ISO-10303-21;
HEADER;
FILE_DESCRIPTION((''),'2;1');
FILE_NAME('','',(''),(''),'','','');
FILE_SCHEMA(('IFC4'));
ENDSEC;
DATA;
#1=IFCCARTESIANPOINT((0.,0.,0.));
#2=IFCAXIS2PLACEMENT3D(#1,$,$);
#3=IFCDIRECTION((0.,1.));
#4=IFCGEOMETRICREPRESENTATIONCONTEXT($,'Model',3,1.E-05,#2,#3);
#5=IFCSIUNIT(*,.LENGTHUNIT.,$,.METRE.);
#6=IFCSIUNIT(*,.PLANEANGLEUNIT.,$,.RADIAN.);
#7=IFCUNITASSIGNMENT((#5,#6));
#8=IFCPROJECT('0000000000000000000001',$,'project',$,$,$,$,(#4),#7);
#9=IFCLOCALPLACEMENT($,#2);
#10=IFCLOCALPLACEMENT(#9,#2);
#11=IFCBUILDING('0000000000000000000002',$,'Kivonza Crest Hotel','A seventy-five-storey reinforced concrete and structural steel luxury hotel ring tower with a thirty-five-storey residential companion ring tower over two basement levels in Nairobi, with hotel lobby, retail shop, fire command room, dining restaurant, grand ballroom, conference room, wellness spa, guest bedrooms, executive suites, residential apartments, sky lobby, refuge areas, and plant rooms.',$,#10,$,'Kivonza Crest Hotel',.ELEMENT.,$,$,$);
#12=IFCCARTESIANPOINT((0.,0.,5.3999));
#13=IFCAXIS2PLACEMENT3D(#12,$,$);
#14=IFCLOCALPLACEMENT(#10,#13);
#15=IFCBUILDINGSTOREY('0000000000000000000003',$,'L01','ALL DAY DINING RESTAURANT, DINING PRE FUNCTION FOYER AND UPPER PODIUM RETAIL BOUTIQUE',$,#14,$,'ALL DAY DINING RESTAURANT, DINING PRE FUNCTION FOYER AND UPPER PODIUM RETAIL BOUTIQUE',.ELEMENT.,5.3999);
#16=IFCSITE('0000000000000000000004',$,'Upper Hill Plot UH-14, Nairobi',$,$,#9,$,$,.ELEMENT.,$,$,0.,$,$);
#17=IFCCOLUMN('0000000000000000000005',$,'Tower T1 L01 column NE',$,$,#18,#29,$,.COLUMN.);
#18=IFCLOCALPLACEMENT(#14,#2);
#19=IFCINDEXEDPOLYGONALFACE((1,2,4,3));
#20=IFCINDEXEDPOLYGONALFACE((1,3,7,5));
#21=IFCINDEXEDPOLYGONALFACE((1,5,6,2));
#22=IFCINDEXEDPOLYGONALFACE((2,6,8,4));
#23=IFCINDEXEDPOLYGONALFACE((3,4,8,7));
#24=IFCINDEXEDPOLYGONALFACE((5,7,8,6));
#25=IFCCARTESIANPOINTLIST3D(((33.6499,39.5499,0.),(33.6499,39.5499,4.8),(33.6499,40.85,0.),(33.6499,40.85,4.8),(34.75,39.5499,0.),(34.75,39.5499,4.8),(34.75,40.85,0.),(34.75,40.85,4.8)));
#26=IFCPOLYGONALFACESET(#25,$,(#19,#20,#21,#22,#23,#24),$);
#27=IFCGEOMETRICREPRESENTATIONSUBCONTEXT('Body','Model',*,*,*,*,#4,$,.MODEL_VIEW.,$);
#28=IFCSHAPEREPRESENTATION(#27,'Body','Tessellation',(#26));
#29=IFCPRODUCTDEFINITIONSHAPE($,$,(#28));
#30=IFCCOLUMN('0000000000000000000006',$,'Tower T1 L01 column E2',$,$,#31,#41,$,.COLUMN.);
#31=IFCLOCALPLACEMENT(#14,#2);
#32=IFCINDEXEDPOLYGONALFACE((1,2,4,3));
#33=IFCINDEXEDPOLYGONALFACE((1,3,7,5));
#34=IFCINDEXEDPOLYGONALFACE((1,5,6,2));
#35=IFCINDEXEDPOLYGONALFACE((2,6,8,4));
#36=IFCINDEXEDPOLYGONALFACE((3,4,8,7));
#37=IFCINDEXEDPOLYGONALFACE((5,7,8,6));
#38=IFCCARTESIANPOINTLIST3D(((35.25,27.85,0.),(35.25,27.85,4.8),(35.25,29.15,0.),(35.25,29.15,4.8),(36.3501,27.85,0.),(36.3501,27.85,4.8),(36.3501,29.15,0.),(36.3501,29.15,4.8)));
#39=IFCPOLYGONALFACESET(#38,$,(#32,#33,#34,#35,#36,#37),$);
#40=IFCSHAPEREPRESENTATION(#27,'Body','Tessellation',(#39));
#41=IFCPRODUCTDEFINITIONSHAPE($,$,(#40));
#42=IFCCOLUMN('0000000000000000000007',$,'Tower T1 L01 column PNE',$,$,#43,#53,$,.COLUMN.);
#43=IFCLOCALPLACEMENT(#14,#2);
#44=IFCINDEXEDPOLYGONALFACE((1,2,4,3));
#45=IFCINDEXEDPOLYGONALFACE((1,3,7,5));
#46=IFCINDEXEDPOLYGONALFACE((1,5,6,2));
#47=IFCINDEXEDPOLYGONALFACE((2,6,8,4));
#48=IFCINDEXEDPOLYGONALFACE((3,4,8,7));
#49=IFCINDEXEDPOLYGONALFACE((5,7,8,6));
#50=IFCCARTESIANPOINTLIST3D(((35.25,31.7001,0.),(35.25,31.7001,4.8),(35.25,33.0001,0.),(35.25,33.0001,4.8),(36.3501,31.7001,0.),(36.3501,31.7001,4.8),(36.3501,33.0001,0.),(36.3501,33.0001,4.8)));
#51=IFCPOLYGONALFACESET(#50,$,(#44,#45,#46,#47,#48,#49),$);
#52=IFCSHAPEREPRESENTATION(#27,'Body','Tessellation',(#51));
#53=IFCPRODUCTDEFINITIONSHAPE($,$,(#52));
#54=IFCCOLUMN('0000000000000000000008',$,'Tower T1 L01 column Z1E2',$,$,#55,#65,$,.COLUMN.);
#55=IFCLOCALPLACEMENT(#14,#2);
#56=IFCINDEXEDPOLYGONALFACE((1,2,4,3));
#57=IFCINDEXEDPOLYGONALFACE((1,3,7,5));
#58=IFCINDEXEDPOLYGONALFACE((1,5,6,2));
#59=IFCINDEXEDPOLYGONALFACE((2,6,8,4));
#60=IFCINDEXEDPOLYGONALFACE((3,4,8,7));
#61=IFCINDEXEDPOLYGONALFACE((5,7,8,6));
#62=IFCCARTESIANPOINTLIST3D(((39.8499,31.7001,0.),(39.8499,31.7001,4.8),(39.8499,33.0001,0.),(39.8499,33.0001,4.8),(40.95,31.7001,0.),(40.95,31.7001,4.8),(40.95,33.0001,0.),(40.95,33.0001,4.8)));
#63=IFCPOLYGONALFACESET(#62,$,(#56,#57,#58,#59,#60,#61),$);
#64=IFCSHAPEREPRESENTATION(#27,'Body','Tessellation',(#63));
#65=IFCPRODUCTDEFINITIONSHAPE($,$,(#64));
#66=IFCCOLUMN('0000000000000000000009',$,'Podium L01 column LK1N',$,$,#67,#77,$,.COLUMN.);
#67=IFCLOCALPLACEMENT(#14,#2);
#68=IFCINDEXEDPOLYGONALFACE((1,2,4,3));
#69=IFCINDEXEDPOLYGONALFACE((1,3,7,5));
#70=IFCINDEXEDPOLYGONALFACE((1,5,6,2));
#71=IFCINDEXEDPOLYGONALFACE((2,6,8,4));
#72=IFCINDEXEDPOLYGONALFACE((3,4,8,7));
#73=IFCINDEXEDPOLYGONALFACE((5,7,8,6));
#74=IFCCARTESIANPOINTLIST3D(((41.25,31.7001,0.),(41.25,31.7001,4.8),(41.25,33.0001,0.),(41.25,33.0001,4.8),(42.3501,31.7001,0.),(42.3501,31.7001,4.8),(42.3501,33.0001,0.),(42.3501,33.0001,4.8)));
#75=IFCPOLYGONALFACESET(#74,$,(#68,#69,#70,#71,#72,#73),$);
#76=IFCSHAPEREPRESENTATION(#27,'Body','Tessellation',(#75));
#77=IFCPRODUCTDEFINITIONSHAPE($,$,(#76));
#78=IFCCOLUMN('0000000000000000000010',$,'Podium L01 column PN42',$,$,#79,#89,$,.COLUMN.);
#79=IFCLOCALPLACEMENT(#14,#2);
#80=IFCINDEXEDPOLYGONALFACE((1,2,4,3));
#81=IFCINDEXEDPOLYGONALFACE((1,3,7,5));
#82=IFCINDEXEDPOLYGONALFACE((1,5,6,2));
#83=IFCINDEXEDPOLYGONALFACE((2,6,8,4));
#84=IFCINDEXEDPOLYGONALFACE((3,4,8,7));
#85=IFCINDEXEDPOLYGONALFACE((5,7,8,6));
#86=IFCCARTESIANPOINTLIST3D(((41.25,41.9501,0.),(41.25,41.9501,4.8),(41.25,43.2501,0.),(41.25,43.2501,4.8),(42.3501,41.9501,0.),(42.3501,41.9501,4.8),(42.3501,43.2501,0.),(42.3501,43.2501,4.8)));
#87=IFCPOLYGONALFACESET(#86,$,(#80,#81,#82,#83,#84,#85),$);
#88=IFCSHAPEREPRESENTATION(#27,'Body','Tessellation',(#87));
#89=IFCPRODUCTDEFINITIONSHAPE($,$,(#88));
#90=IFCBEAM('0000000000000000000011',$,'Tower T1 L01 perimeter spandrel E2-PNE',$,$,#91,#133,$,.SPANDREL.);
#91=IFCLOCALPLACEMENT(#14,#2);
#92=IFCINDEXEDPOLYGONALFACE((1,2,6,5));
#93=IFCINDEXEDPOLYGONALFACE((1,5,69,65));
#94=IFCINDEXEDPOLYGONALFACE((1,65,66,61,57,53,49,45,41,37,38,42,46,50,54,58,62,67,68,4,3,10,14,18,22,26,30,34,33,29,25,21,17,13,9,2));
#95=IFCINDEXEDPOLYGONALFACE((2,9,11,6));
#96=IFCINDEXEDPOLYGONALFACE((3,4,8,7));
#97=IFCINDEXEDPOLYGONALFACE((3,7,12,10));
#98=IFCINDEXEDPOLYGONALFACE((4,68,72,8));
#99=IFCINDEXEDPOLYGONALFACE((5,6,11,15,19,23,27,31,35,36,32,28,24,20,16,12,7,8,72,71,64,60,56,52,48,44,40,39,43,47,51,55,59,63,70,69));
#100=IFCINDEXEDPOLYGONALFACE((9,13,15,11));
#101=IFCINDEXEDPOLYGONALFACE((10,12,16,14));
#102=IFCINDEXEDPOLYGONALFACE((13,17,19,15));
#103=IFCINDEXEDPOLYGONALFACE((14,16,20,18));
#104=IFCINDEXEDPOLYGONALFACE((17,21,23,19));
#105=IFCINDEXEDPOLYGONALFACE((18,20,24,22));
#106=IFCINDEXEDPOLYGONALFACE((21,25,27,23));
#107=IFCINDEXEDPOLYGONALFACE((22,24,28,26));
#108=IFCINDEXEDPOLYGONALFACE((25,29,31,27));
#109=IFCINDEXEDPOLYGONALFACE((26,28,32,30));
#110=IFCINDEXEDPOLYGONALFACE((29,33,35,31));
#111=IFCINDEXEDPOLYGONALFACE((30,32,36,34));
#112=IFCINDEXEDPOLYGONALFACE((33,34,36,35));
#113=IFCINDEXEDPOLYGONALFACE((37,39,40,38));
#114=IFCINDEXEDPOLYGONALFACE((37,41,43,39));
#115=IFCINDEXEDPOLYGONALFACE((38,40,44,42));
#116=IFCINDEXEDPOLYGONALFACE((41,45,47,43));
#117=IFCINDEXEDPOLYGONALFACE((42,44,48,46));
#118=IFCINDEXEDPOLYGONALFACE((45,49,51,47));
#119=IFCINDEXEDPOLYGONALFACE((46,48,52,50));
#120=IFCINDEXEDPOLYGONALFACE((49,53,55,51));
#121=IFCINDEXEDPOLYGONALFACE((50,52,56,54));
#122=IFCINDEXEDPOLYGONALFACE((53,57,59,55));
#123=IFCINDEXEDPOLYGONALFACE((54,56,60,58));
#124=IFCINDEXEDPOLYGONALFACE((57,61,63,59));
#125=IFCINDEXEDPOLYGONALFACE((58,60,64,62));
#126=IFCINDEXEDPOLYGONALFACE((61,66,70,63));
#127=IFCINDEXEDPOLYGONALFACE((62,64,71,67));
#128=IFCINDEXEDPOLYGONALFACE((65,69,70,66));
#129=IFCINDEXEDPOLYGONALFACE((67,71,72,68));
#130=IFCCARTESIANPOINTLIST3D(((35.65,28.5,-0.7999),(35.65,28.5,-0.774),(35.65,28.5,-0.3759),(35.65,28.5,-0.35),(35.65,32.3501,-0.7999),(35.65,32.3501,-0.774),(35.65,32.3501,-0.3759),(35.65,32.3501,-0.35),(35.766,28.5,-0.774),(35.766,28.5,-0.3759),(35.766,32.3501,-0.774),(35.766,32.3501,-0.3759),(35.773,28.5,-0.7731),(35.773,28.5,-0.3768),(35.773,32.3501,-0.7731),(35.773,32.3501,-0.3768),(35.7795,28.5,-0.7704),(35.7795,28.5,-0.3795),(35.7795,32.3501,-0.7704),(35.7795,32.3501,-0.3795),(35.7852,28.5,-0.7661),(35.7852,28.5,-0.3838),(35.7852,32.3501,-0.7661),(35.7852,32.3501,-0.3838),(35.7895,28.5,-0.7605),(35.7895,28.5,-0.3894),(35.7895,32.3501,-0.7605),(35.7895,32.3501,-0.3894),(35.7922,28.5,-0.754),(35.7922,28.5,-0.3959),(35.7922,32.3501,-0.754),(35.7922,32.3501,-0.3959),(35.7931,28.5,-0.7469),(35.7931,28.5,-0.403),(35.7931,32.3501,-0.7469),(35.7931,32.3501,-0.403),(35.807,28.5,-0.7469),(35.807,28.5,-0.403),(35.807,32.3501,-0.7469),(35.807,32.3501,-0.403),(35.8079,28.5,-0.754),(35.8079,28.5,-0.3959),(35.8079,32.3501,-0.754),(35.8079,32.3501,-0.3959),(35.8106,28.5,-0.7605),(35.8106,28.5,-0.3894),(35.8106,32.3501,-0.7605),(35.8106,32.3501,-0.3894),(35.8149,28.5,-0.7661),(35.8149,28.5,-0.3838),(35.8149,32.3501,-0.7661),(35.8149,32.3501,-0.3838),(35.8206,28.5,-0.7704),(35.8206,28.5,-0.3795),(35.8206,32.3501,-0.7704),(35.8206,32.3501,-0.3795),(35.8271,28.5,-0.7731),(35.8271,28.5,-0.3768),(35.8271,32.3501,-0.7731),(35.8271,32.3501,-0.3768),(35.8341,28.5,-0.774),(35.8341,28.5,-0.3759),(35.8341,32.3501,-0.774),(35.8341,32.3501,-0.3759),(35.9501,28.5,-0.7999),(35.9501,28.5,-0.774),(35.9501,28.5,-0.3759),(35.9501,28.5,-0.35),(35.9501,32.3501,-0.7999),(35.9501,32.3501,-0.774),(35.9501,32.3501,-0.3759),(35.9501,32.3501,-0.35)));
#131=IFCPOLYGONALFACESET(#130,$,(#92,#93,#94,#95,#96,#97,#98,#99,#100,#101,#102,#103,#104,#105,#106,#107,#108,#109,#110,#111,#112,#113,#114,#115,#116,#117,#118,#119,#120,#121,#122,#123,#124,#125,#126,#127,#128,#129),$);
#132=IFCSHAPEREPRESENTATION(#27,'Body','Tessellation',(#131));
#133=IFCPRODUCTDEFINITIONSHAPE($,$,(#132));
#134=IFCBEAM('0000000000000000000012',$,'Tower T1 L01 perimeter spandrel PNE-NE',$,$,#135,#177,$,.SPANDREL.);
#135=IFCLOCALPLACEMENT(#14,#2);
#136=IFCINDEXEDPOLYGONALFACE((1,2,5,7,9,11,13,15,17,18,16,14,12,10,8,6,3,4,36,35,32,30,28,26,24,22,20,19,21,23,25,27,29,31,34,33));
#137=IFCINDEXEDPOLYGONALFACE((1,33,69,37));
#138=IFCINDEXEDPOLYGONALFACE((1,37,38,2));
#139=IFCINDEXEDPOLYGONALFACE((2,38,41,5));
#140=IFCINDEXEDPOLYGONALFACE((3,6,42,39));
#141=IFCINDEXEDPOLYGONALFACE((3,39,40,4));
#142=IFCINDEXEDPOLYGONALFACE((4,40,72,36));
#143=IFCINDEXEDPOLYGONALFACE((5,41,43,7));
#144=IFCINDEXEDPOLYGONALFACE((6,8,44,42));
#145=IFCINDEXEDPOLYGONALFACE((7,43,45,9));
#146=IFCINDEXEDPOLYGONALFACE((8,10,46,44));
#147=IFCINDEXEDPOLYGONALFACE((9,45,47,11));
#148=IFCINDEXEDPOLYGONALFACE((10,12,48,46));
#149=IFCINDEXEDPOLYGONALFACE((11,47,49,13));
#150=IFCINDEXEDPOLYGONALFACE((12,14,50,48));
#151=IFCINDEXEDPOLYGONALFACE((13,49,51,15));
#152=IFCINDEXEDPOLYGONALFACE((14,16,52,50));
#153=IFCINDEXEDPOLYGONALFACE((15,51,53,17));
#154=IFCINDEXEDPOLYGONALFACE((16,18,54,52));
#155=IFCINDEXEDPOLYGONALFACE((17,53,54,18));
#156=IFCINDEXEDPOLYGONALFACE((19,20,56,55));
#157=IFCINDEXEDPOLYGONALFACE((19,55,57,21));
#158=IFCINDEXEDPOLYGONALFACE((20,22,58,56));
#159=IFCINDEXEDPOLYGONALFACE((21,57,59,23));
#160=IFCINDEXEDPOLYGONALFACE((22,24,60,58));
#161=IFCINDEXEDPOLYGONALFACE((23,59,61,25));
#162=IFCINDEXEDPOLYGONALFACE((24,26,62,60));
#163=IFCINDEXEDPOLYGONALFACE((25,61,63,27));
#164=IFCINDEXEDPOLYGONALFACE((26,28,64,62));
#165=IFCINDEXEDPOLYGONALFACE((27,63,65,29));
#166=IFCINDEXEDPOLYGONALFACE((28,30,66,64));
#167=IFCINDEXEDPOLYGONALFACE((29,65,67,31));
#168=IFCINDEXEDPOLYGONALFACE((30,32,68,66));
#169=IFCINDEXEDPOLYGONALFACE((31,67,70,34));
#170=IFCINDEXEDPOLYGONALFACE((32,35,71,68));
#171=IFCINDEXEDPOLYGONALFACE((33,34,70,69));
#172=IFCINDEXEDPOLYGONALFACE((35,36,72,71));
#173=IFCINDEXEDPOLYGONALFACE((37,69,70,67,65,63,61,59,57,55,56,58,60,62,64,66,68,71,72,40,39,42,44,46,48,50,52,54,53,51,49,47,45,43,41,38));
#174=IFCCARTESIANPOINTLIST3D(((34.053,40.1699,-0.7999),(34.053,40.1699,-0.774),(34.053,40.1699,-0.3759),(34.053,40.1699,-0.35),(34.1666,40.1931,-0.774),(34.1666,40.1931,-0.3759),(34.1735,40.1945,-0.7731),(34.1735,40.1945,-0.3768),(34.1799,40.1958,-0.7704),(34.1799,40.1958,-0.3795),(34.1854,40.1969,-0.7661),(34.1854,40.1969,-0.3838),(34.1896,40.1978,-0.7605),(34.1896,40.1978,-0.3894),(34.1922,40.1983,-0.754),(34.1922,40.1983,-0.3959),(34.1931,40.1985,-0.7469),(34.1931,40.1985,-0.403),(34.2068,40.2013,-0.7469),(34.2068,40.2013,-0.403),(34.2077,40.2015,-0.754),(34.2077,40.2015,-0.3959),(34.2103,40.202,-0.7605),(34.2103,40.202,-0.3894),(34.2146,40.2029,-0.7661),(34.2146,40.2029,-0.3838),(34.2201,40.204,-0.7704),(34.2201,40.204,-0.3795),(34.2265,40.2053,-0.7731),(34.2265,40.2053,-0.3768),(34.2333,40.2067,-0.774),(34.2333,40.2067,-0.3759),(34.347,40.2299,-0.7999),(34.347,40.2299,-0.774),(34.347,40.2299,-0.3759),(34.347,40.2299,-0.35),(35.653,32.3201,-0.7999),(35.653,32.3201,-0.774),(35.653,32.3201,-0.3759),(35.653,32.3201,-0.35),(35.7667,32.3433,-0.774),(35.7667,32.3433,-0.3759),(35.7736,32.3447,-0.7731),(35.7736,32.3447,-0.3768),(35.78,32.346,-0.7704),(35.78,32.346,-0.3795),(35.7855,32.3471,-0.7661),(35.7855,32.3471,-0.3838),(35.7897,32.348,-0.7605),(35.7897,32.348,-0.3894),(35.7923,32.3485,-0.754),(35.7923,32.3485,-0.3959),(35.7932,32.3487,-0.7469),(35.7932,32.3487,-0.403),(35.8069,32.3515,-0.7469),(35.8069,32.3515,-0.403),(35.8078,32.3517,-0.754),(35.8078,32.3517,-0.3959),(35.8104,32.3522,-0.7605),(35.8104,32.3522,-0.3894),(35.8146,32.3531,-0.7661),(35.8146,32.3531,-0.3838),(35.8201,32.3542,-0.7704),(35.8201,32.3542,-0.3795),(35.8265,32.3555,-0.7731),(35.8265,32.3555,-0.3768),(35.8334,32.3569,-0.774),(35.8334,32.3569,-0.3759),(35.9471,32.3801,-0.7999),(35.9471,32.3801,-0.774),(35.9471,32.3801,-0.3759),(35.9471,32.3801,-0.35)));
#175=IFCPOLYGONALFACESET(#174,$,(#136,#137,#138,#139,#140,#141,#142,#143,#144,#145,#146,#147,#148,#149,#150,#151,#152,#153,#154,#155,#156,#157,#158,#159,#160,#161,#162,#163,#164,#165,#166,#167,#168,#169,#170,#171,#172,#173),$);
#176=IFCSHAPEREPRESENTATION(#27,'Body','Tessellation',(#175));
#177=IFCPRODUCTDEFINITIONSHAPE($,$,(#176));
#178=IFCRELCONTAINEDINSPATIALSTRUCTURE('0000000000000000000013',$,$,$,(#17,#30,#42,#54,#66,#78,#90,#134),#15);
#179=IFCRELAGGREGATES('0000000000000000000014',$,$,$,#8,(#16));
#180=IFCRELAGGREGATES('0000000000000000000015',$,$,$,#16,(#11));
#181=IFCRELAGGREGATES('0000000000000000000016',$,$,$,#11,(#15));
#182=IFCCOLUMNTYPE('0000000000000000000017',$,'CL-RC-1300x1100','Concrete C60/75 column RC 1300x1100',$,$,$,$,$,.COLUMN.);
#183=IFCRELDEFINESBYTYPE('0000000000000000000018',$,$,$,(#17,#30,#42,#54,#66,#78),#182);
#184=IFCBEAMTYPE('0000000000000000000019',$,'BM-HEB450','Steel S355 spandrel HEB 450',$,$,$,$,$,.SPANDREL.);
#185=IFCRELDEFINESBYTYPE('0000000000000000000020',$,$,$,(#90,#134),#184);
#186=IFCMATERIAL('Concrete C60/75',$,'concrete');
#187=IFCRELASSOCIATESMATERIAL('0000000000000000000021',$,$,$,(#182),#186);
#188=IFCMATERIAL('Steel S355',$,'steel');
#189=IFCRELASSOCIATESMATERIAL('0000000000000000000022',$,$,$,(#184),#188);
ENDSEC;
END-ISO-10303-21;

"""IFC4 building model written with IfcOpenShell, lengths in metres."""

from ifc_helpers import new_model, si_unit, direction, frame, origin, origin_2d, place, context, subcontext, project, spatial, rectangle, i_section, extrude, material, material_profile, profile_set, type_object, element, save


model = new_model("IFC4")

# Units and contexts
model_context = context("Model", 3, precision=1e-05, world=origin(), true_north=direction((0.0, 1.0)))
body_context = subcontext(model_context, "Body", "Model", "MODEL_VIEW")
ifc_project = project(units=[si_unit("LENGTHUNIT", "METRE"), si_unit("PLANEANGLEUNIT", "RADIAN")], contexts=[model_context])

# Site, building, storey
site_placement = place(None, origin())
site = spatial("IfcSite", under=ifc_project, at=site_placement, Name="Upper Hill Plot UH-14, Nairobi", CompositionType="ELEMENT", RefElevation=0.0)
building_placement = place(site_placement, origin())
building = spatial("IfcBuilding", under=site, at=building_placement, Name="Kivonza Crest Hotel", Description="A seventy-five-storey reinforced concrete and structural steel luxury hotel ring tower with a thirty-five-storey residential companion ring tower over two basement levels in Nairobi, with hotel lobby, retail shop, fire command room, dining restaurant, grand ballroom, conference room, wellness spa, guest bedrooms, executive suites, residential apartments, sky lobby, refuge areas, and plant rooms.", LongName="Kivonza Crest Hotel", CompositionType="ELEMENT")
storey_placement = place(building_placement, frame((0.0, 0.0, 5.3999)))
storey = spatial("IfcBuildingStorey", under=building, at=storey_placement, Name="L01", Description="ALL DAY DINING RESTAURANT, DINING PRE FUNCTION FOYER AND UPPER PODIUM RETAIL BOUTIQUE", LongName="ALL DAY DINING RESTAURANT, DINING PRE FUNCTION FOYER AND UPPER PODIUM RETAIL BOUTIQUE", CompositionType="ELEMENT", Elevation=5.3999)

# Columns
ifc_material_1 = material(Name="Concrete C60/75", Category="concrete")
ifc_material_profile_1 = material_profile(ifc_material_1, rectangle(XDim=1.1001, YDim=1.3, at=origin_2d()), Name="RC 1300x1100")
ifc_profile_set_1 = profile_set([ifc_material_profile_1], Name="Concrete C60/75")
column_type = type_object("IfcColumnType", Name="CL-RC-1300x1100", Description="Concrete C60/75 column RC 1300x1100", PredefinedType="COLUMN", material=ifc_profile_set_1)
for number, where, z_axis, x_axis, name in (
    (1, (34.2, 40.2, 0.0), (0.0, 0.0, 1.0), (1.0, 0.0, 0.0), "Tower T1 L01 column NE"),
    (2, (35.8, 28.5, 0.0), (0.0, 0.0, 1.0), (1.0, 0.0, 0.0), "Tower T1 L01 column E2"),
    (3, (35.8, 32.3501, 0.0), (0.0, 0.0, 1.0), (1.0, 0.0, 0.0), "Tower T1 L01 column PNE"),
    (4, (40.3999, 32.3501, 0.0), (0.0, 0.0, 1.0), (1.0, 0.0, 0.0), "Tower T1 L01 column Z1E2"),
    (5, (41.8, 32.3501, 0.0), (0.0, 0.0, 1.0), (1.0, 0.0, 0.0), "Podium L01 column LK1N"),
    (6, (41.8, 42.6001, 0.0), (0.0, 0.0, 1.0), (1.0, 0.0, 0.0), "Podium L01 column PN42"),
):
    element("IfcColumn", number, at=place(storey_placement, frame(where, z_axis=z_axis, x_axis=x_axis)), inside=storey, type_object=column_type, Name=name, PredefinedType="COLUMN", context=body_context, shape_type="SweptSolid", body=[
        extrude(rectangle(XDim=1.1001, YDim=1.3, at=origin_2d()), origin(), (0.0, 0.0, 1.0), 4.8),
    ])

# Beams
ifc_material_2 = material(Name="Steel S355", Category="steel")
ifc_material_profile_2 = material_profile(ifc_material_2, i_section(OverallWidth=0.3, OverallDepth=0.45, WebThickness=0.0139, FlangeThickness=0.0259, FilletRadius=0.0271, at=origin_2d()), Name="HEB 450")
ifc_profile_set_2 = profile_set([ifc_material_profile_2], Name="Steel S355")
beam_type_1 = type_object("IfcBeamType", Name="BM-HEB450", Description="Steel S355 spandrel HEB 450", PredefinedType="SPANDREL", material=ifc_profile_set_2)
beam_1_placement = place(storey_placement, frame((35.8, 28.5, -0.575), z_axis=(0.0, 1.0, 0.0), x_axis=(-1.0, 0.0, 0.0)))
element("IfcBeam", 7, at=beam_1_placement, inside=storey, type_object=beam_type_1, Name="Tower T1 L01 perimeter spandrel E2-PNE", PredefinedType="SPANDREL", context=body_context, shape_type="SweptSolid", body=[
    extrude(i_section(OverallWidth=0.3, OverallDepth=0.45, WebThickness=0.0139, FlangeThickness=0.0259, FilletRadius=0.0271, at=origin_2d()), origin(), (0.0, 0.0, 1.0), 3.8501),
])
beam_2_placement = place(storey_placement, frame((35.8, 32.3501, -0.575), z_axis=(-0.199731, 0.979851, 0.0), x_axis=(-0.979851, -0.199731, 0.0)))
element("IfcBeam", 8, at=beam_2_placement, inside=storey, type_object=beam_type_1, Name="Tower T1 L01 perimeter spandrel PNE-NE", PredefinedType="SPANDREL", context=body_context, shape_type="SweptSolid", body=[
    extrude(i_section(OverallWidth=0.3, OverallDepth=0.45, WebThickness=0.0139, FlangeThickness=0.0259, FilletRadius=0.0271, at=origin_2d()), origin(), (0.0, 0.0, 1.0), 8.0112),
])

save(model, "model.ifc")
